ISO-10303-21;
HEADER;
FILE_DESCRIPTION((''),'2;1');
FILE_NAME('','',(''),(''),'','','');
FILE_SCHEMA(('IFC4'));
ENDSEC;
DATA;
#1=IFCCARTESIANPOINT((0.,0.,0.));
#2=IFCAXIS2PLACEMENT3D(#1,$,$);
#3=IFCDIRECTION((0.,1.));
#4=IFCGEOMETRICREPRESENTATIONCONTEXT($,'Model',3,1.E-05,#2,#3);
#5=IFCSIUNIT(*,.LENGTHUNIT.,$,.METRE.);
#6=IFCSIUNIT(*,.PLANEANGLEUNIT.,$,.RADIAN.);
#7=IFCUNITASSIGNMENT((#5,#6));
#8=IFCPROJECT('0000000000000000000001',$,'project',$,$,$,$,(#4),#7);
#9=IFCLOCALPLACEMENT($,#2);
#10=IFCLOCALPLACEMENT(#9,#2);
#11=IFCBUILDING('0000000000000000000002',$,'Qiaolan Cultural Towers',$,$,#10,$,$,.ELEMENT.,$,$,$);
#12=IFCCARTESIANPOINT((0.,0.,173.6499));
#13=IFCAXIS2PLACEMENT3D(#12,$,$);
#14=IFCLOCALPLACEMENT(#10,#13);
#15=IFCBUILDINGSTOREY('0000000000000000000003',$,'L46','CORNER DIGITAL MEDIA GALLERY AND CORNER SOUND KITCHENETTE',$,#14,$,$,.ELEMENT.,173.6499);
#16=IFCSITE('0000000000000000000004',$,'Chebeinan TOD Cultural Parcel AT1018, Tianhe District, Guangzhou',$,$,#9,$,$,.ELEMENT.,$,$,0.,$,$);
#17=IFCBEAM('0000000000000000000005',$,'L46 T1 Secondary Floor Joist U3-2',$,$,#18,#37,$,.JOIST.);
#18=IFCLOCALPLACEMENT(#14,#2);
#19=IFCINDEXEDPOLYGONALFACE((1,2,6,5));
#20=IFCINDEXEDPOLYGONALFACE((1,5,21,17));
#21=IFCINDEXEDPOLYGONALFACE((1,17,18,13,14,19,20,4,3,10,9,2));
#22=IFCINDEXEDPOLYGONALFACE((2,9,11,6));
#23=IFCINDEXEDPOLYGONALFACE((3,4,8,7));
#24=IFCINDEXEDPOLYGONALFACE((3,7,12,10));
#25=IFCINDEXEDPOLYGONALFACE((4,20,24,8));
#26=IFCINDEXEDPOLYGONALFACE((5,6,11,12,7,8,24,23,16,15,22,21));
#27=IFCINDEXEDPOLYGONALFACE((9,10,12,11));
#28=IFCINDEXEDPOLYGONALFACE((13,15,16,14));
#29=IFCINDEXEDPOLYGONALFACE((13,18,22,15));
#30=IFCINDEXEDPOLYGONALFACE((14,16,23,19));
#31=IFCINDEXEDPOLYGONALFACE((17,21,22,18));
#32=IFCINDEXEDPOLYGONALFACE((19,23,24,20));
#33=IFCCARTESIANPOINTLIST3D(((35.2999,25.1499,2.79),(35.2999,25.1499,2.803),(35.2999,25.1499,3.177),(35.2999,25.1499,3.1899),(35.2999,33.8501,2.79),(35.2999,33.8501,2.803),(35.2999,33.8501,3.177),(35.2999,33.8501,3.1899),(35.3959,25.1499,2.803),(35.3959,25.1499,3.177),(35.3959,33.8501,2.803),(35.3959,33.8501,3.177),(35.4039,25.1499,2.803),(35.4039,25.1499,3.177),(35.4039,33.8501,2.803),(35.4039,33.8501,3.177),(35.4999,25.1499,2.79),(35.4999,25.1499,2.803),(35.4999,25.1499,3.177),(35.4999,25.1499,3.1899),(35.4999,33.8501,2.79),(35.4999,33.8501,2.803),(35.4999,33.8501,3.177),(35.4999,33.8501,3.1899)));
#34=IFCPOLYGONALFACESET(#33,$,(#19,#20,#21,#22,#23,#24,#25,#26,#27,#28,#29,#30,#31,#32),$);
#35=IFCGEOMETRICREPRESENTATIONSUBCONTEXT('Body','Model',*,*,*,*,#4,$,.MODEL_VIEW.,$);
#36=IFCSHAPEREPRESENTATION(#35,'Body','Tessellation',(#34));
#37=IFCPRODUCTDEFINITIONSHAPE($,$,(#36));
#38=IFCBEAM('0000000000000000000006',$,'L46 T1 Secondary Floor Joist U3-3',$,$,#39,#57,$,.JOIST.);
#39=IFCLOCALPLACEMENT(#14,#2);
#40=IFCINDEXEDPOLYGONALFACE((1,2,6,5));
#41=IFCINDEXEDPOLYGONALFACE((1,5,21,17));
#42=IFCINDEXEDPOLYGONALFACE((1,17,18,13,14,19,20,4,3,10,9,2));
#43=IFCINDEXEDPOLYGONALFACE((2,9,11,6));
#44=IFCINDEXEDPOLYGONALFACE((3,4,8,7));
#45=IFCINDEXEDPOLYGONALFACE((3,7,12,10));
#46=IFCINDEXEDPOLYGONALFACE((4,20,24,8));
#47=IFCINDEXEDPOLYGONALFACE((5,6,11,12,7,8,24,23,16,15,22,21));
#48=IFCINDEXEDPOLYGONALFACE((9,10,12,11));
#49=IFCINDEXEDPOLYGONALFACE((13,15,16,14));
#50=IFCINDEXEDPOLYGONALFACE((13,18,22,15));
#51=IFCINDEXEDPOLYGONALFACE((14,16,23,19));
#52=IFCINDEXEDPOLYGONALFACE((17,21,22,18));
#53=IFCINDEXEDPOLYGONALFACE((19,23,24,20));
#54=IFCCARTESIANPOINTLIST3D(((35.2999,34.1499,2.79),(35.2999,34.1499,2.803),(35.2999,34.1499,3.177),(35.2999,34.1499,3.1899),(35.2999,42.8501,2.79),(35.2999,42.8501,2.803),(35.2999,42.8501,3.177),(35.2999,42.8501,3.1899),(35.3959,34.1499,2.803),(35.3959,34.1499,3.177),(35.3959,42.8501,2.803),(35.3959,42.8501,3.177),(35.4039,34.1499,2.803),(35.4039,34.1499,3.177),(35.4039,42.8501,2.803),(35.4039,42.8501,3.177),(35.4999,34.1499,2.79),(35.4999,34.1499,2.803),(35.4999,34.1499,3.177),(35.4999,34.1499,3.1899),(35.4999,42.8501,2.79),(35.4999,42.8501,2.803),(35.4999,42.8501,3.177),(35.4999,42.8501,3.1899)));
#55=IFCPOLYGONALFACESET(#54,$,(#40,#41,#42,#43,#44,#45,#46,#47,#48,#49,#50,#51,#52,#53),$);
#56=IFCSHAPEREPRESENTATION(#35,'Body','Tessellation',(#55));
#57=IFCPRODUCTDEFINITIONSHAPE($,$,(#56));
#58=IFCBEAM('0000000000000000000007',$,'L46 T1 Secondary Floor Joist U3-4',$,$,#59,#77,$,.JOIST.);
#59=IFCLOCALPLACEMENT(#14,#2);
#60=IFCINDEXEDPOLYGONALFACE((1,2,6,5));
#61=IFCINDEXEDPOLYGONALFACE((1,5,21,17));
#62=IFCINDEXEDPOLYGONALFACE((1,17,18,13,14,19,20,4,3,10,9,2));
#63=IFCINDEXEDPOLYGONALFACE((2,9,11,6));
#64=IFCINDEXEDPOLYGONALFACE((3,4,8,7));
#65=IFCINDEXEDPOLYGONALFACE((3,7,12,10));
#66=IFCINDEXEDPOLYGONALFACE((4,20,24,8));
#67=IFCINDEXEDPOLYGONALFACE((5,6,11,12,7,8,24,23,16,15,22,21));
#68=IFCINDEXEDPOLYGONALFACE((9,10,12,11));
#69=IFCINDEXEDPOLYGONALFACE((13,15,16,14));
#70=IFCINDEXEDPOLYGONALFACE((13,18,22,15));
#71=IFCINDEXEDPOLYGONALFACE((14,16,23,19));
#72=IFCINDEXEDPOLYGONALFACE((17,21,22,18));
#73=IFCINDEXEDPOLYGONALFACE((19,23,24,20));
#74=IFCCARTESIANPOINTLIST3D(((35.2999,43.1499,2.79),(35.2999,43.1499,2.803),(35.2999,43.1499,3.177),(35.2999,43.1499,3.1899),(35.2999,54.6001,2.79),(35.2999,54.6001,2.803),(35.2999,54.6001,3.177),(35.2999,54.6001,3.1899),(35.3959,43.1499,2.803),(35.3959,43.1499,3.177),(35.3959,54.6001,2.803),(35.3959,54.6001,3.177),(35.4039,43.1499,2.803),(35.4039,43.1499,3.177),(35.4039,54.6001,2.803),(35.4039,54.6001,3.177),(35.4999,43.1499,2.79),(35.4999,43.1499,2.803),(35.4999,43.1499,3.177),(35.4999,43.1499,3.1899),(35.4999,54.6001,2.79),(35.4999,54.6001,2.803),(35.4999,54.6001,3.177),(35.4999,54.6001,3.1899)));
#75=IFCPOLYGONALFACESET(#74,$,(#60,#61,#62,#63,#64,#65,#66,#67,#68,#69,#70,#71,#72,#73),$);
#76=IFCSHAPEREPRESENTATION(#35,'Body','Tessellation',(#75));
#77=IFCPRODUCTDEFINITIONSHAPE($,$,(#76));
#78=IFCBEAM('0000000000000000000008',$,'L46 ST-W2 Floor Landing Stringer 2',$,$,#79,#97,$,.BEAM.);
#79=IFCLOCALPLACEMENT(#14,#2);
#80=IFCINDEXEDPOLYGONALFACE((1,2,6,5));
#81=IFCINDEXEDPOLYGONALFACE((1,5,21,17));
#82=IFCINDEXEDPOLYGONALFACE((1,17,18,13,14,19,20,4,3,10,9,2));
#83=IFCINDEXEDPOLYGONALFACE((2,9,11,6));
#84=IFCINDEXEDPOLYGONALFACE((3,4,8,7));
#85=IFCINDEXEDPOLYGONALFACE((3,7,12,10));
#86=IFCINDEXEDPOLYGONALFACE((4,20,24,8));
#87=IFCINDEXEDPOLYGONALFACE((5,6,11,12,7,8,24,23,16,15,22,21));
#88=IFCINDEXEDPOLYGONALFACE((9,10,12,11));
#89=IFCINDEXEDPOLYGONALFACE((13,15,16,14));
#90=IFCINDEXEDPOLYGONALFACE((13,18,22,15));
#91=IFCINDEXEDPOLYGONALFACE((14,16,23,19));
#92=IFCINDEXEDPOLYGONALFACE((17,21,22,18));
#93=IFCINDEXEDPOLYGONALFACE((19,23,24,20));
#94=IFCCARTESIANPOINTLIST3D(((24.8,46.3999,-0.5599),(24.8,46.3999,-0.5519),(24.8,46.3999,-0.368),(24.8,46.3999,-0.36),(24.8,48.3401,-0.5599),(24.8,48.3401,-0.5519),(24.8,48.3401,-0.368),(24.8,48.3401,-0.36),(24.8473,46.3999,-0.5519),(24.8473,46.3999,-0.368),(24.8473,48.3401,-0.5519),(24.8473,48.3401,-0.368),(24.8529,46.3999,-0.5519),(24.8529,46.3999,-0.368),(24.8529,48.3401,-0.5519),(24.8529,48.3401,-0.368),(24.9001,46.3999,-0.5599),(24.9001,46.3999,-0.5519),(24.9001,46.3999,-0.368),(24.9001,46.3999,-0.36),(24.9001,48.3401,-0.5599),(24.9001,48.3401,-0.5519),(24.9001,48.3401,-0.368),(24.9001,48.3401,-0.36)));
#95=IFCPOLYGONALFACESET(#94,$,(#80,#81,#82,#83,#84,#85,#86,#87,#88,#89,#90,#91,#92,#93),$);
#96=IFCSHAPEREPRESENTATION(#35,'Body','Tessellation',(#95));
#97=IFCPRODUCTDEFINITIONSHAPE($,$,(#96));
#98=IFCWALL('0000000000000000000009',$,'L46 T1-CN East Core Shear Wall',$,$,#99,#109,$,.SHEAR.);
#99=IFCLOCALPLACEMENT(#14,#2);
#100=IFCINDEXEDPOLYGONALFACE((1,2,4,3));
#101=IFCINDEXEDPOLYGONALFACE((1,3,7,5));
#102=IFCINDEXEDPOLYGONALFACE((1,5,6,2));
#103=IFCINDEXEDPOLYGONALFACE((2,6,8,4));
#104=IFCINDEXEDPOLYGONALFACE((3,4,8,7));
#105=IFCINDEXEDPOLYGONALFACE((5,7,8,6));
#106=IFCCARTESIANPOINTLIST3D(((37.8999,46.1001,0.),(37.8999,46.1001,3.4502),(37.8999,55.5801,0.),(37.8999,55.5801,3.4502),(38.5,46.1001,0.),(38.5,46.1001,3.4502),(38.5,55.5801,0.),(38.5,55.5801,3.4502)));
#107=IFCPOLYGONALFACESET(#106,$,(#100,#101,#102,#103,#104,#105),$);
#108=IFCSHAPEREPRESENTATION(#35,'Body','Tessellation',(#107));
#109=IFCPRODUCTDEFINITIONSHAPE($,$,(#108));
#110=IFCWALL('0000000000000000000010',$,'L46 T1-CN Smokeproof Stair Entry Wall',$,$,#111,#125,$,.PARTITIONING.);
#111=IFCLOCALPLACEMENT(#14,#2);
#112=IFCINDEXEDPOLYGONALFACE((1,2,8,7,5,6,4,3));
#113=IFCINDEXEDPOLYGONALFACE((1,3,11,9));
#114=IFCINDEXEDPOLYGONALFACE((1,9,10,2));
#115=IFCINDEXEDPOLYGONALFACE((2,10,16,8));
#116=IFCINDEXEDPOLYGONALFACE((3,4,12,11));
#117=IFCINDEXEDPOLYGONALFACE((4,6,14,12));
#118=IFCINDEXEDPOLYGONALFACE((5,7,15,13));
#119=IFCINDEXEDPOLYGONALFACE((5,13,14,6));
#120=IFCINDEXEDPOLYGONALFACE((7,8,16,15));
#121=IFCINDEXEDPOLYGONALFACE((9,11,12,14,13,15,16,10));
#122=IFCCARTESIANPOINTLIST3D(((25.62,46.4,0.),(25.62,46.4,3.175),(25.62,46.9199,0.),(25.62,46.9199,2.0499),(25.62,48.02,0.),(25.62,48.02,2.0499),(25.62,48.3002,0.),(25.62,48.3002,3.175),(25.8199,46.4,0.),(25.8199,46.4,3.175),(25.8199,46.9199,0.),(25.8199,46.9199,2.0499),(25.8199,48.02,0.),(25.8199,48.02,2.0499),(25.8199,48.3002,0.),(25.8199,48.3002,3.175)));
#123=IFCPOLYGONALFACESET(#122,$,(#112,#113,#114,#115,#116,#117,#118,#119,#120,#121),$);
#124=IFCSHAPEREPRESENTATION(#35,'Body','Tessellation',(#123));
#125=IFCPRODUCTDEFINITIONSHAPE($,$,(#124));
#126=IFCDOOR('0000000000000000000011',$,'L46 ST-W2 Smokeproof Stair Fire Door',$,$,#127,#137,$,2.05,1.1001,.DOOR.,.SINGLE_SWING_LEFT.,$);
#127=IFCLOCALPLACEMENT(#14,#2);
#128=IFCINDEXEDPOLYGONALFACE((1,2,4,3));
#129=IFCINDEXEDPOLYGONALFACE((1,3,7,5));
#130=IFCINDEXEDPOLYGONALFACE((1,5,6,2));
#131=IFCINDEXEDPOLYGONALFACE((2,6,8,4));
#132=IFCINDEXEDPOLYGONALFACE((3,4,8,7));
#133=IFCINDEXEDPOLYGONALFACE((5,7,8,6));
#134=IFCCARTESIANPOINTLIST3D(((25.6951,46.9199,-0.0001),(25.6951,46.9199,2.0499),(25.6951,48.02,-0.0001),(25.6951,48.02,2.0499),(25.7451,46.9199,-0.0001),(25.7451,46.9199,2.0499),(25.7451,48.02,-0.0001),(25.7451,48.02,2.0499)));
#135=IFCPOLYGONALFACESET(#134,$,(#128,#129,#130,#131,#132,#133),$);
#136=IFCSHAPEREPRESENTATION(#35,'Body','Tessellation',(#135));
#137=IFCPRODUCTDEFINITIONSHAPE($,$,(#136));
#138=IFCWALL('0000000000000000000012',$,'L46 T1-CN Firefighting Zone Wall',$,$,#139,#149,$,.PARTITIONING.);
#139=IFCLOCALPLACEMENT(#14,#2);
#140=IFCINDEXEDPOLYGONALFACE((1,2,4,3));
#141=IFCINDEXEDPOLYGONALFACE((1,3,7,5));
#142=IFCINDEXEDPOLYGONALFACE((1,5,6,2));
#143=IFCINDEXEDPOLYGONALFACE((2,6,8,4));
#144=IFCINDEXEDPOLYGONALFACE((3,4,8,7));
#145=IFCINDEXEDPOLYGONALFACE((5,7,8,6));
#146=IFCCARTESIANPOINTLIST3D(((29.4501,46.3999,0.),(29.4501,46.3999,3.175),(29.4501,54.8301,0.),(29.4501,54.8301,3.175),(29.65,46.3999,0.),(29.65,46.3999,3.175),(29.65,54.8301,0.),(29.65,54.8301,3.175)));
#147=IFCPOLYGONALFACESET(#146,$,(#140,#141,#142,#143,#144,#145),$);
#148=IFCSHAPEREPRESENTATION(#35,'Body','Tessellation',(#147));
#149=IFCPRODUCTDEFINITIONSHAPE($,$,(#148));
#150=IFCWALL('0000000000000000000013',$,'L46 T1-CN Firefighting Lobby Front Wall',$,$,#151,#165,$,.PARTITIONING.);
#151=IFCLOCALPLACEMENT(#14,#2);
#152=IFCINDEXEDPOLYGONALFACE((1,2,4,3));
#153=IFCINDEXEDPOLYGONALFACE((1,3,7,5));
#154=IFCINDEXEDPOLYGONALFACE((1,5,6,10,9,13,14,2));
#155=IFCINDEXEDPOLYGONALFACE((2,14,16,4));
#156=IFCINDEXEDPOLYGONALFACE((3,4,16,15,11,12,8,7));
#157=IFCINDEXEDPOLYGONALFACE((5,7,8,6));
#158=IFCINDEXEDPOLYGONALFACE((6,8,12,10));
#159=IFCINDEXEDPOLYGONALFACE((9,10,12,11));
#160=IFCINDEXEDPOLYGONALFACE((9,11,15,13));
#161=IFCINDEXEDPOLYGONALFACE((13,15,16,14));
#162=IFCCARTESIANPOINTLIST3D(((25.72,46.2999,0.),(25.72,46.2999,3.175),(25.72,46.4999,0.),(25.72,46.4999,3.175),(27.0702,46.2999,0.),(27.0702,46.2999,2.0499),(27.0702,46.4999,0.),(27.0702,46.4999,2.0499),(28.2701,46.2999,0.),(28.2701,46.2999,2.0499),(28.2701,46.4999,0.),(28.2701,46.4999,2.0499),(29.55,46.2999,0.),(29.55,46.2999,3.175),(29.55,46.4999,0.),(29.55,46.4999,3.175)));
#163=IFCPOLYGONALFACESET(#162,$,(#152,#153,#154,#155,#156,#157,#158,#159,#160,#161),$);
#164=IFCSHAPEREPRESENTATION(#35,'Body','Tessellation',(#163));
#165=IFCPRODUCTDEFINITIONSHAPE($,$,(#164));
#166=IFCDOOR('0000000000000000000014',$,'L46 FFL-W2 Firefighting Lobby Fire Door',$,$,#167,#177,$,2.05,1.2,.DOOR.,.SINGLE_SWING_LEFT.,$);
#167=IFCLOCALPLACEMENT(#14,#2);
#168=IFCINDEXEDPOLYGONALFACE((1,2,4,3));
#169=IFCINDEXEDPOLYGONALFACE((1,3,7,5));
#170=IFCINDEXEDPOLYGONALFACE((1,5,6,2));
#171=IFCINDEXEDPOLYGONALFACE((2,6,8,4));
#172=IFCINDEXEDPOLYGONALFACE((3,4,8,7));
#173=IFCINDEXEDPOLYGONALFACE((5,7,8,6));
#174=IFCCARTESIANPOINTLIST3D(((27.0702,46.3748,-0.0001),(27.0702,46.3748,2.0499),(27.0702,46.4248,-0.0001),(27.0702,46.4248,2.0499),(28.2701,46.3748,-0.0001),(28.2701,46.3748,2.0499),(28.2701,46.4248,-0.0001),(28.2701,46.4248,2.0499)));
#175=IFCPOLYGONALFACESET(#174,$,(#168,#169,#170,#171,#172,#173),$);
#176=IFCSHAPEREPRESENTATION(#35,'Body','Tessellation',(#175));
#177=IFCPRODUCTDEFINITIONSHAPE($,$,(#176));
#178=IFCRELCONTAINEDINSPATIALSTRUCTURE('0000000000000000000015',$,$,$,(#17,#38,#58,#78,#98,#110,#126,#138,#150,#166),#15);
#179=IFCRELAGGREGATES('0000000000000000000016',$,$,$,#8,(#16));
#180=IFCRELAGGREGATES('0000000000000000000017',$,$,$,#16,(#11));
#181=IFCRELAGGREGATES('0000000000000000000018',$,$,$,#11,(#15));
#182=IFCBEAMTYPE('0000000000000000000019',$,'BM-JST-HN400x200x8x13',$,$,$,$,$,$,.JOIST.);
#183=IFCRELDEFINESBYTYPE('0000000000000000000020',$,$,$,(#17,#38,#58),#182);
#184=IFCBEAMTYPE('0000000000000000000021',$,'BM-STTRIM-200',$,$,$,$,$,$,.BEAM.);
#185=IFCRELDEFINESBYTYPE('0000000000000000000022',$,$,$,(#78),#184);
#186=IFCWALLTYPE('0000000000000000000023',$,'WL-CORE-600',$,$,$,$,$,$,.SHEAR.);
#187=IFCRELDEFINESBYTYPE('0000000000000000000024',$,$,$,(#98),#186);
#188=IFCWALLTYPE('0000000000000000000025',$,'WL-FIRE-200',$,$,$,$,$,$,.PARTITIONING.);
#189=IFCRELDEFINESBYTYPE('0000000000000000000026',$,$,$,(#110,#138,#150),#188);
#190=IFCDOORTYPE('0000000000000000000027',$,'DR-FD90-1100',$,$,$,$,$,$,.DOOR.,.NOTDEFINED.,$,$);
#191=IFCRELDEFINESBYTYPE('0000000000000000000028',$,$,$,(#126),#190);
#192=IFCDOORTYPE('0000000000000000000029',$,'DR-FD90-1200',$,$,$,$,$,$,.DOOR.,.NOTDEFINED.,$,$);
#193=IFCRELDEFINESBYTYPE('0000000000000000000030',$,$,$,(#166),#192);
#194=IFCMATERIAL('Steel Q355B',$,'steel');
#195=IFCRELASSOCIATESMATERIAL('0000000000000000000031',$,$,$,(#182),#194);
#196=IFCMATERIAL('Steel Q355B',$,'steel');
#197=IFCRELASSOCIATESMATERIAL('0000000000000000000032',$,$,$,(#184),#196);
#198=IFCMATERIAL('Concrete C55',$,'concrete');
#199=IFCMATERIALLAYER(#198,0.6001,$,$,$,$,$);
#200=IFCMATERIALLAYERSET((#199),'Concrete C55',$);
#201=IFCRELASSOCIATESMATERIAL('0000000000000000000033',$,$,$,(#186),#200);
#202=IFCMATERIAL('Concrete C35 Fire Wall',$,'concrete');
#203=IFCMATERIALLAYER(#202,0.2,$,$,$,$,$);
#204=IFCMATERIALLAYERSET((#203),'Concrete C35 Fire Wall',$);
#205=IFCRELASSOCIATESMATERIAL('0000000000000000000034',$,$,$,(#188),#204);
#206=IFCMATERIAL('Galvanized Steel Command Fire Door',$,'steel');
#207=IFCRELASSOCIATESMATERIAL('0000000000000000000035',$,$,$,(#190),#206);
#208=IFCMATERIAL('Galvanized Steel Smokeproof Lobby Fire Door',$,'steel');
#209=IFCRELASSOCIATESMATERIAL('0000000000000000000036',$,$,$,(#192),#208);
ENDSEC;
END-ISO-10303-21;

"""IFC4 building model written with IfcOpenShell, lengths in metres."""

from ifc_helpers import new_model, si_unit, direction, frame, frame_2d, origin, origin_2d, place, context, subcontext, project, spatial, rectangle, i_section, extrude, material, layer, layer_set, material_profile, profile_set, type_object, element, fill, save


model = new_model("IFC4")

# Units and contexts
model_context = context("Model", 3, precision=1e-05, world=origin(), true_north=direction((0.0, 1.0)))
body_context = subcontext(model_context, "Body", "Model", "MODEL_VIEW")
ifc_project = project(units=[si_unit("LENGTHUNIT", "METRE"), si_unit("PLANEANGLEUNIT", "RADIAN")], contexts=[model_context])

# Site, building, storey
site_placement = place(None, origin())
site = spatial("IfcSite", under=ifc_project, at=site_placement, Name="Chebeinan TOD Cultural Parcel AT1018, Tianhe District, Guangzhou", CompositionType="ELEMENT", RefElevation=0.0)
building_placement = place(site_placement, origin())
building = spatial("IfcBuilding", under=site, at=building_placement, Name="Qiaolan Cultural Towers", CompositionType="ELEMENT")
storey_placement = place(building_placement, frame((0.0, 0.0, 173.6499)))
storey = spatial("IfcBuildingStorey", under=building, at=storey_placement, Name="L46", Description="CORNER DIGITAL MEDIA GALLERY AND CORNER SOUND KITCHENETTE", CompositionType="ELEMENT", Elevation=173.6499)

# Beams
ifc_material_1 = material(Name="Steel Q355B", Category="steel")
ifc_material_profile_1 = material_profile(ifc_material_1, i_section(OverallWidth=0.2, OverallDepth=0.3999, WebThickness=0.0081, FlangeThickness=0.0129, at=origin_2d()), Name="HN400x200x8x13")
ifc_profile_set_1 = profile_set([ifc_material_profile_1], Name="Steel Q355B")
beam_type_1 = type_object("IfcBeamType", Name="BM-JST-HN400x200x8x13", PredefinedType="JOIST", material=ifc_profile_set_1)
for number, where, z_axis, x_axis, name in (
    (1, (35.3999, 25.1499, 2.99), (0.0, 1.0, 0.0), (-1.0, 0.0, 0.0), "L46 T1 Secondary Floor Joist U3-2"),
    (2, (35.3999, 34.1499, 2.99), (0.0, 1.0, 0.0), (-1.0, 0.0, 0.0), "L46 T1 Secondary Floor Joist U3-3"),
):
    element("IfcBeam", number, at=place(storey_placement, frame(where, z_axis=z_axis, x_axis=x_axis)), inside=storey, type_object=beam_type_1, Name=name, PredefinedType="JOIST", context=body_context, shape_type="SweptSolid", body=[
        extrude(i_section(OverallWidth=0.2, OverallDepth=0.3999, WebThickness=0.0081, FlangeThickness=0.0129, at=origin_2d()), origin(), (0.0, 0.0, 1.0), 8.7002),
    ])
beam_1_placement = place(storey_placement, frame((35.3999, 43.1499, 2.99), z_axis=(0.0, 1.0, 0.0), x_axis=(-1.0, 0.0, 0.0)))
element("IfcBeam", 3, at=beam_1_placement, inside=storey, type_object=beam_type_1, Name="L46 T1 Secondary Floor Joist U3-4", PredefinedType="JOIST", context=body_context, shape_type="SweptSolid", body=[
    extrude(i_section(OverallWidth=0.2, OverallDepth=0.3999, WebThickness=0.0081, FlangeThickness=0.0129, at=origin_2d()), origin(), (0.0, 0.0, 1.0), 11.4502),
])
ifc_material_2 = material(Name="Steel Q355B", Category="steel")
ifc_material_profile_2 = material_profile(ifc_material_2, i_section(OverallWidth=0.1001, OverallDepth=0.2, WebThickness=0.0056, FlangeThickness=0.0081, at=origin_2d()), Name="HN200x100x5.5x8")
ifc_profile_set_2 = profile_set([ifc_material_profile_2], Name="Steel Q355B")
beam_type_2 = type_object("IfcBeamType", Name="BM-STTRIM-200", PredefinedType="BEAM", material=ifc_profile_set_2)
beam_2_placement = place(storey_placement, frame((24.8501, 46.3999, -0.46), z_axis=(0.0, 1.0, 0.0), x_axis=(-1.0, 0.0, 0.0)))
element("IfcBeam", 4, at=beam_2_placement, inside=storey, type_object=beam_type_2, Name="L46 ST-W2 Floor Landing Stringer 2", PredefinedType="BEAM", context=body_context, shape_type="SweptSolid", body=[
    extrude(i_section(OverallWidth=0.1001, OverallDepth=0.2, WebThickness=0.0056, FlangeThickness=0.0081, at=origin_2d()), origin(), (0.0, 0.0, 1.0), 1.9402),
])

# Wall
ifc_material_3 = material(Name="Concrete C55", Category="concrete")
ifc_layer_1 = layer(ifc_material_3, 0.6001)
ifc_layer_set_1 = layer_set([ifc_layer_1], Name="Concrete C55")
wall_type_1 = type_object("IfcWallType", Name="WL-CORE-600", PredefinedType="SHEAR", material=ifc_layer_set_1)
wall_1_placement = place(storey_placement, frame((38.2, 46.1001, 0.0), z_axis=(0.0, 0.0, 1.0), x_axis=(0.0, 1.0, 0.0)))
element("IfcWall", 5, at=wall_1_placement, inside=storey, type_object=wall_type_1, Name="L46 T1-CN East Core Shear Wall", PredefinedType="SHEAR", context=body_context, shape_type="SweptSolid", body=[
    extrude(rectangle(XDim=9.48, YDim=0.6001, at=frame_2d((4.74, 0.0))), origin(), (0.0, 0.0, 1.0), 3.4502),
])

# Wall, opening, door
ifc_material_4 = material(Name="Concrete C35 Fire Wall", Category="concrete")
ifc_layer_2 = layer(ifc_material_4, 0.2)
ifc_layer_set_2 = layer_set([ifc_layer_2], Name="Concrete C35 Fire Wall")
wall_type_2 = type_object("IfcWallType", Name="WL-FIRE-200", PredefinedType="PARTITIONING", material=ifc_layer_set_2)
wall_2_placement = place(storey_placement, frame((25.72, 46.3999, 0.0), z_axis=(0.0, 0.0, 1.0), x_axis=(0.0, 1.0, 0.0)))
wall_2 = element("IfcWall", 6, at=wall_2_placement, inside=storey, type_object=wall_type_2, Name="L46 T1-CN Smokeproof Stair Entry Wall", PredefinedType="PARTITIONING", context=body_context, shape_type="SweptSolid", body=[
    extrude(rectangle(XDim=1.9001, YDim=0.2, at=frame_2d((0.9502, 0.0))), origin(), (0.0, 0.0, 1.0), 3.175),
])
opening_1_placement = place(wall_2_placement, frame((0.52, 0.0, 0.0)))
opening_1 = element("IfcOpeningElement", 7, at=opening_1_placement, cuts=wall_2, PredefinedType="OPENING", context=body_context, shape_type="SweptSolid", body=[
    extrude(rectangle(XDim=1.1001, YDim=2.05, at=frame_2d((0.55, 1.0249))), frame((0.0, 0.1099, 0.0), z_axis=(0.0, -1.0, 0.0), x_axis=(1.0, 0.0, 0.0)), (0.0, 0.0, 1.0), 0.22),
])
ifc_material_5 = material(Name="Galvanized Steel Command Fire Door", Category="steel")
door_type_1 = type_object("IfcDoorType", Name="DR-FD90-1100", OperationType="NOTDEFINED", PredefinedType="DOOR", material=ifc_material_5)
door_1_placement = place(opening_1_placement, origin())
door_1 = element("IfcDoor", 8, at=door_1_placement, inside=storey, type_object=door_type_1, Name="L46 ST-W2 Smokeproof Stair Fire Door", OperationType="SINGLE_SWING_LEFT", OverallHeight=2.05, OverallWidth=1.1001, PredefinedType="DOOR", context=body_context, shape_type="SweptSolid", body=[
    extrude(rectangle(XDim=1.1001, YDim=2.05, at=frame_2d((0.55, 1.0249))), frame((0.0, 0.0249, 0.0), z_axis=(0.0, -1.0, 0.0), x_axis=(1.0, 0.0, 0.0)), (0.0, 0.0, 1.0), 0.05),
])
fill(opening_1, door_1)

# Wall
wall_3_placement = place(storey_placement, frame((29.55, 46.3999, 0.0), z_axis=(0.0, 0.0, 1.0), x_axis=(0.0, 1.0, 0.0)))
element("IfcWall", 9, at=wall_3_placement, inside=storey, type_object=wall_type_2, Name="L46 T1-CN Firefighting Zone Wall", PredefinedType="PARTITIONING", context=body_context, shape_type="SweptSolid", body=[
    extrude(rectangle(XDim=8.4302, YDim=0.2, at=frame_2d((4.2151, 0.0))), origin(), (0.0, 0.0, 1.0), 3.175),
])

# Wall, opening, door
wall_4_placement = place(storey_placement, frame((25.72, 46.3999, 0.0), z_axis=(0.0, 0.0, 1.0), x_axis=(1.0, 0.0, 0.0)))
wall_4 = element("IfcWall", 10, at=wall_4_placement, inside=storey, type_object=wall_type_2, Name="L46 T1-CN Firefighting Lobby Front Wall", PredefinedType="PARTITIONING", context=body_context, shape_type="SweptSolid", body=[
    extrude(rectangle(XDim=3.8301, YDim=0.2, at=frame_2d((1.915, 0.0))), origin(), (0.0, 0.0, 1.0), 3.175),
])
opening_2_placement = place(wall_4_placement, frame((1.3501, 0.0, 0.0)))
opening_2 = element("IfcOpeningElement", 11, at=opening_2_placement, cuts=wall_4, PredefinedType="OPENING", context=body_context, shape_type="SweptSolid", body=[
    extrude(rectangle(XDim=1.2, YDim=2.05, at=frame_2d((0.6001, 1.0249))), frame((0.0, 0.1099, 0.0), z_axis=(0.0, -1.0, 0.0), x_axis=(1.0, 0.0, 0.0)), (0.0, 0.0, 1.0), 0.22),
])
ifc_material_6 = material(Name="Galvanized Steel Smokeproof Lobby Fire Door", Category="steel")
door_type_2 = type_object("IfcDoorType", Name="DR-FD90-1200", OperationType="NOTDEFINED", PredefinedType="DOOR", material=ifc_material_6)
door_2_placement = place(opening_2_placement, origin())
door_2 = element("IfcDoor", 12, at=door_2_placement, inside=storey, type_object=door_type_2, Name="L46 FFL-W2 Firefighting Lobby Fire Door", OperationType="SINGLE_SWING_LEFT", OverallHeight=2.05, OverallWidth=1.2, PredefinedType="DOOR", context=body_context, shape_type="SweptSolid", body=[
    extrude(rectangle(XDim=1.2, YDim=2.05, at=frame_2d((0.6001, 1.0249))), frame((0.0, 0.0249, 0.0), z_axis=(0.0, -1.0, 0.0), x_axis=(1.0, 0.0, 0.0)), (0.0, 0.0, 1.0), 0.05),
])
fill(opening_2, door_2)

save(model, "model.ifc")
